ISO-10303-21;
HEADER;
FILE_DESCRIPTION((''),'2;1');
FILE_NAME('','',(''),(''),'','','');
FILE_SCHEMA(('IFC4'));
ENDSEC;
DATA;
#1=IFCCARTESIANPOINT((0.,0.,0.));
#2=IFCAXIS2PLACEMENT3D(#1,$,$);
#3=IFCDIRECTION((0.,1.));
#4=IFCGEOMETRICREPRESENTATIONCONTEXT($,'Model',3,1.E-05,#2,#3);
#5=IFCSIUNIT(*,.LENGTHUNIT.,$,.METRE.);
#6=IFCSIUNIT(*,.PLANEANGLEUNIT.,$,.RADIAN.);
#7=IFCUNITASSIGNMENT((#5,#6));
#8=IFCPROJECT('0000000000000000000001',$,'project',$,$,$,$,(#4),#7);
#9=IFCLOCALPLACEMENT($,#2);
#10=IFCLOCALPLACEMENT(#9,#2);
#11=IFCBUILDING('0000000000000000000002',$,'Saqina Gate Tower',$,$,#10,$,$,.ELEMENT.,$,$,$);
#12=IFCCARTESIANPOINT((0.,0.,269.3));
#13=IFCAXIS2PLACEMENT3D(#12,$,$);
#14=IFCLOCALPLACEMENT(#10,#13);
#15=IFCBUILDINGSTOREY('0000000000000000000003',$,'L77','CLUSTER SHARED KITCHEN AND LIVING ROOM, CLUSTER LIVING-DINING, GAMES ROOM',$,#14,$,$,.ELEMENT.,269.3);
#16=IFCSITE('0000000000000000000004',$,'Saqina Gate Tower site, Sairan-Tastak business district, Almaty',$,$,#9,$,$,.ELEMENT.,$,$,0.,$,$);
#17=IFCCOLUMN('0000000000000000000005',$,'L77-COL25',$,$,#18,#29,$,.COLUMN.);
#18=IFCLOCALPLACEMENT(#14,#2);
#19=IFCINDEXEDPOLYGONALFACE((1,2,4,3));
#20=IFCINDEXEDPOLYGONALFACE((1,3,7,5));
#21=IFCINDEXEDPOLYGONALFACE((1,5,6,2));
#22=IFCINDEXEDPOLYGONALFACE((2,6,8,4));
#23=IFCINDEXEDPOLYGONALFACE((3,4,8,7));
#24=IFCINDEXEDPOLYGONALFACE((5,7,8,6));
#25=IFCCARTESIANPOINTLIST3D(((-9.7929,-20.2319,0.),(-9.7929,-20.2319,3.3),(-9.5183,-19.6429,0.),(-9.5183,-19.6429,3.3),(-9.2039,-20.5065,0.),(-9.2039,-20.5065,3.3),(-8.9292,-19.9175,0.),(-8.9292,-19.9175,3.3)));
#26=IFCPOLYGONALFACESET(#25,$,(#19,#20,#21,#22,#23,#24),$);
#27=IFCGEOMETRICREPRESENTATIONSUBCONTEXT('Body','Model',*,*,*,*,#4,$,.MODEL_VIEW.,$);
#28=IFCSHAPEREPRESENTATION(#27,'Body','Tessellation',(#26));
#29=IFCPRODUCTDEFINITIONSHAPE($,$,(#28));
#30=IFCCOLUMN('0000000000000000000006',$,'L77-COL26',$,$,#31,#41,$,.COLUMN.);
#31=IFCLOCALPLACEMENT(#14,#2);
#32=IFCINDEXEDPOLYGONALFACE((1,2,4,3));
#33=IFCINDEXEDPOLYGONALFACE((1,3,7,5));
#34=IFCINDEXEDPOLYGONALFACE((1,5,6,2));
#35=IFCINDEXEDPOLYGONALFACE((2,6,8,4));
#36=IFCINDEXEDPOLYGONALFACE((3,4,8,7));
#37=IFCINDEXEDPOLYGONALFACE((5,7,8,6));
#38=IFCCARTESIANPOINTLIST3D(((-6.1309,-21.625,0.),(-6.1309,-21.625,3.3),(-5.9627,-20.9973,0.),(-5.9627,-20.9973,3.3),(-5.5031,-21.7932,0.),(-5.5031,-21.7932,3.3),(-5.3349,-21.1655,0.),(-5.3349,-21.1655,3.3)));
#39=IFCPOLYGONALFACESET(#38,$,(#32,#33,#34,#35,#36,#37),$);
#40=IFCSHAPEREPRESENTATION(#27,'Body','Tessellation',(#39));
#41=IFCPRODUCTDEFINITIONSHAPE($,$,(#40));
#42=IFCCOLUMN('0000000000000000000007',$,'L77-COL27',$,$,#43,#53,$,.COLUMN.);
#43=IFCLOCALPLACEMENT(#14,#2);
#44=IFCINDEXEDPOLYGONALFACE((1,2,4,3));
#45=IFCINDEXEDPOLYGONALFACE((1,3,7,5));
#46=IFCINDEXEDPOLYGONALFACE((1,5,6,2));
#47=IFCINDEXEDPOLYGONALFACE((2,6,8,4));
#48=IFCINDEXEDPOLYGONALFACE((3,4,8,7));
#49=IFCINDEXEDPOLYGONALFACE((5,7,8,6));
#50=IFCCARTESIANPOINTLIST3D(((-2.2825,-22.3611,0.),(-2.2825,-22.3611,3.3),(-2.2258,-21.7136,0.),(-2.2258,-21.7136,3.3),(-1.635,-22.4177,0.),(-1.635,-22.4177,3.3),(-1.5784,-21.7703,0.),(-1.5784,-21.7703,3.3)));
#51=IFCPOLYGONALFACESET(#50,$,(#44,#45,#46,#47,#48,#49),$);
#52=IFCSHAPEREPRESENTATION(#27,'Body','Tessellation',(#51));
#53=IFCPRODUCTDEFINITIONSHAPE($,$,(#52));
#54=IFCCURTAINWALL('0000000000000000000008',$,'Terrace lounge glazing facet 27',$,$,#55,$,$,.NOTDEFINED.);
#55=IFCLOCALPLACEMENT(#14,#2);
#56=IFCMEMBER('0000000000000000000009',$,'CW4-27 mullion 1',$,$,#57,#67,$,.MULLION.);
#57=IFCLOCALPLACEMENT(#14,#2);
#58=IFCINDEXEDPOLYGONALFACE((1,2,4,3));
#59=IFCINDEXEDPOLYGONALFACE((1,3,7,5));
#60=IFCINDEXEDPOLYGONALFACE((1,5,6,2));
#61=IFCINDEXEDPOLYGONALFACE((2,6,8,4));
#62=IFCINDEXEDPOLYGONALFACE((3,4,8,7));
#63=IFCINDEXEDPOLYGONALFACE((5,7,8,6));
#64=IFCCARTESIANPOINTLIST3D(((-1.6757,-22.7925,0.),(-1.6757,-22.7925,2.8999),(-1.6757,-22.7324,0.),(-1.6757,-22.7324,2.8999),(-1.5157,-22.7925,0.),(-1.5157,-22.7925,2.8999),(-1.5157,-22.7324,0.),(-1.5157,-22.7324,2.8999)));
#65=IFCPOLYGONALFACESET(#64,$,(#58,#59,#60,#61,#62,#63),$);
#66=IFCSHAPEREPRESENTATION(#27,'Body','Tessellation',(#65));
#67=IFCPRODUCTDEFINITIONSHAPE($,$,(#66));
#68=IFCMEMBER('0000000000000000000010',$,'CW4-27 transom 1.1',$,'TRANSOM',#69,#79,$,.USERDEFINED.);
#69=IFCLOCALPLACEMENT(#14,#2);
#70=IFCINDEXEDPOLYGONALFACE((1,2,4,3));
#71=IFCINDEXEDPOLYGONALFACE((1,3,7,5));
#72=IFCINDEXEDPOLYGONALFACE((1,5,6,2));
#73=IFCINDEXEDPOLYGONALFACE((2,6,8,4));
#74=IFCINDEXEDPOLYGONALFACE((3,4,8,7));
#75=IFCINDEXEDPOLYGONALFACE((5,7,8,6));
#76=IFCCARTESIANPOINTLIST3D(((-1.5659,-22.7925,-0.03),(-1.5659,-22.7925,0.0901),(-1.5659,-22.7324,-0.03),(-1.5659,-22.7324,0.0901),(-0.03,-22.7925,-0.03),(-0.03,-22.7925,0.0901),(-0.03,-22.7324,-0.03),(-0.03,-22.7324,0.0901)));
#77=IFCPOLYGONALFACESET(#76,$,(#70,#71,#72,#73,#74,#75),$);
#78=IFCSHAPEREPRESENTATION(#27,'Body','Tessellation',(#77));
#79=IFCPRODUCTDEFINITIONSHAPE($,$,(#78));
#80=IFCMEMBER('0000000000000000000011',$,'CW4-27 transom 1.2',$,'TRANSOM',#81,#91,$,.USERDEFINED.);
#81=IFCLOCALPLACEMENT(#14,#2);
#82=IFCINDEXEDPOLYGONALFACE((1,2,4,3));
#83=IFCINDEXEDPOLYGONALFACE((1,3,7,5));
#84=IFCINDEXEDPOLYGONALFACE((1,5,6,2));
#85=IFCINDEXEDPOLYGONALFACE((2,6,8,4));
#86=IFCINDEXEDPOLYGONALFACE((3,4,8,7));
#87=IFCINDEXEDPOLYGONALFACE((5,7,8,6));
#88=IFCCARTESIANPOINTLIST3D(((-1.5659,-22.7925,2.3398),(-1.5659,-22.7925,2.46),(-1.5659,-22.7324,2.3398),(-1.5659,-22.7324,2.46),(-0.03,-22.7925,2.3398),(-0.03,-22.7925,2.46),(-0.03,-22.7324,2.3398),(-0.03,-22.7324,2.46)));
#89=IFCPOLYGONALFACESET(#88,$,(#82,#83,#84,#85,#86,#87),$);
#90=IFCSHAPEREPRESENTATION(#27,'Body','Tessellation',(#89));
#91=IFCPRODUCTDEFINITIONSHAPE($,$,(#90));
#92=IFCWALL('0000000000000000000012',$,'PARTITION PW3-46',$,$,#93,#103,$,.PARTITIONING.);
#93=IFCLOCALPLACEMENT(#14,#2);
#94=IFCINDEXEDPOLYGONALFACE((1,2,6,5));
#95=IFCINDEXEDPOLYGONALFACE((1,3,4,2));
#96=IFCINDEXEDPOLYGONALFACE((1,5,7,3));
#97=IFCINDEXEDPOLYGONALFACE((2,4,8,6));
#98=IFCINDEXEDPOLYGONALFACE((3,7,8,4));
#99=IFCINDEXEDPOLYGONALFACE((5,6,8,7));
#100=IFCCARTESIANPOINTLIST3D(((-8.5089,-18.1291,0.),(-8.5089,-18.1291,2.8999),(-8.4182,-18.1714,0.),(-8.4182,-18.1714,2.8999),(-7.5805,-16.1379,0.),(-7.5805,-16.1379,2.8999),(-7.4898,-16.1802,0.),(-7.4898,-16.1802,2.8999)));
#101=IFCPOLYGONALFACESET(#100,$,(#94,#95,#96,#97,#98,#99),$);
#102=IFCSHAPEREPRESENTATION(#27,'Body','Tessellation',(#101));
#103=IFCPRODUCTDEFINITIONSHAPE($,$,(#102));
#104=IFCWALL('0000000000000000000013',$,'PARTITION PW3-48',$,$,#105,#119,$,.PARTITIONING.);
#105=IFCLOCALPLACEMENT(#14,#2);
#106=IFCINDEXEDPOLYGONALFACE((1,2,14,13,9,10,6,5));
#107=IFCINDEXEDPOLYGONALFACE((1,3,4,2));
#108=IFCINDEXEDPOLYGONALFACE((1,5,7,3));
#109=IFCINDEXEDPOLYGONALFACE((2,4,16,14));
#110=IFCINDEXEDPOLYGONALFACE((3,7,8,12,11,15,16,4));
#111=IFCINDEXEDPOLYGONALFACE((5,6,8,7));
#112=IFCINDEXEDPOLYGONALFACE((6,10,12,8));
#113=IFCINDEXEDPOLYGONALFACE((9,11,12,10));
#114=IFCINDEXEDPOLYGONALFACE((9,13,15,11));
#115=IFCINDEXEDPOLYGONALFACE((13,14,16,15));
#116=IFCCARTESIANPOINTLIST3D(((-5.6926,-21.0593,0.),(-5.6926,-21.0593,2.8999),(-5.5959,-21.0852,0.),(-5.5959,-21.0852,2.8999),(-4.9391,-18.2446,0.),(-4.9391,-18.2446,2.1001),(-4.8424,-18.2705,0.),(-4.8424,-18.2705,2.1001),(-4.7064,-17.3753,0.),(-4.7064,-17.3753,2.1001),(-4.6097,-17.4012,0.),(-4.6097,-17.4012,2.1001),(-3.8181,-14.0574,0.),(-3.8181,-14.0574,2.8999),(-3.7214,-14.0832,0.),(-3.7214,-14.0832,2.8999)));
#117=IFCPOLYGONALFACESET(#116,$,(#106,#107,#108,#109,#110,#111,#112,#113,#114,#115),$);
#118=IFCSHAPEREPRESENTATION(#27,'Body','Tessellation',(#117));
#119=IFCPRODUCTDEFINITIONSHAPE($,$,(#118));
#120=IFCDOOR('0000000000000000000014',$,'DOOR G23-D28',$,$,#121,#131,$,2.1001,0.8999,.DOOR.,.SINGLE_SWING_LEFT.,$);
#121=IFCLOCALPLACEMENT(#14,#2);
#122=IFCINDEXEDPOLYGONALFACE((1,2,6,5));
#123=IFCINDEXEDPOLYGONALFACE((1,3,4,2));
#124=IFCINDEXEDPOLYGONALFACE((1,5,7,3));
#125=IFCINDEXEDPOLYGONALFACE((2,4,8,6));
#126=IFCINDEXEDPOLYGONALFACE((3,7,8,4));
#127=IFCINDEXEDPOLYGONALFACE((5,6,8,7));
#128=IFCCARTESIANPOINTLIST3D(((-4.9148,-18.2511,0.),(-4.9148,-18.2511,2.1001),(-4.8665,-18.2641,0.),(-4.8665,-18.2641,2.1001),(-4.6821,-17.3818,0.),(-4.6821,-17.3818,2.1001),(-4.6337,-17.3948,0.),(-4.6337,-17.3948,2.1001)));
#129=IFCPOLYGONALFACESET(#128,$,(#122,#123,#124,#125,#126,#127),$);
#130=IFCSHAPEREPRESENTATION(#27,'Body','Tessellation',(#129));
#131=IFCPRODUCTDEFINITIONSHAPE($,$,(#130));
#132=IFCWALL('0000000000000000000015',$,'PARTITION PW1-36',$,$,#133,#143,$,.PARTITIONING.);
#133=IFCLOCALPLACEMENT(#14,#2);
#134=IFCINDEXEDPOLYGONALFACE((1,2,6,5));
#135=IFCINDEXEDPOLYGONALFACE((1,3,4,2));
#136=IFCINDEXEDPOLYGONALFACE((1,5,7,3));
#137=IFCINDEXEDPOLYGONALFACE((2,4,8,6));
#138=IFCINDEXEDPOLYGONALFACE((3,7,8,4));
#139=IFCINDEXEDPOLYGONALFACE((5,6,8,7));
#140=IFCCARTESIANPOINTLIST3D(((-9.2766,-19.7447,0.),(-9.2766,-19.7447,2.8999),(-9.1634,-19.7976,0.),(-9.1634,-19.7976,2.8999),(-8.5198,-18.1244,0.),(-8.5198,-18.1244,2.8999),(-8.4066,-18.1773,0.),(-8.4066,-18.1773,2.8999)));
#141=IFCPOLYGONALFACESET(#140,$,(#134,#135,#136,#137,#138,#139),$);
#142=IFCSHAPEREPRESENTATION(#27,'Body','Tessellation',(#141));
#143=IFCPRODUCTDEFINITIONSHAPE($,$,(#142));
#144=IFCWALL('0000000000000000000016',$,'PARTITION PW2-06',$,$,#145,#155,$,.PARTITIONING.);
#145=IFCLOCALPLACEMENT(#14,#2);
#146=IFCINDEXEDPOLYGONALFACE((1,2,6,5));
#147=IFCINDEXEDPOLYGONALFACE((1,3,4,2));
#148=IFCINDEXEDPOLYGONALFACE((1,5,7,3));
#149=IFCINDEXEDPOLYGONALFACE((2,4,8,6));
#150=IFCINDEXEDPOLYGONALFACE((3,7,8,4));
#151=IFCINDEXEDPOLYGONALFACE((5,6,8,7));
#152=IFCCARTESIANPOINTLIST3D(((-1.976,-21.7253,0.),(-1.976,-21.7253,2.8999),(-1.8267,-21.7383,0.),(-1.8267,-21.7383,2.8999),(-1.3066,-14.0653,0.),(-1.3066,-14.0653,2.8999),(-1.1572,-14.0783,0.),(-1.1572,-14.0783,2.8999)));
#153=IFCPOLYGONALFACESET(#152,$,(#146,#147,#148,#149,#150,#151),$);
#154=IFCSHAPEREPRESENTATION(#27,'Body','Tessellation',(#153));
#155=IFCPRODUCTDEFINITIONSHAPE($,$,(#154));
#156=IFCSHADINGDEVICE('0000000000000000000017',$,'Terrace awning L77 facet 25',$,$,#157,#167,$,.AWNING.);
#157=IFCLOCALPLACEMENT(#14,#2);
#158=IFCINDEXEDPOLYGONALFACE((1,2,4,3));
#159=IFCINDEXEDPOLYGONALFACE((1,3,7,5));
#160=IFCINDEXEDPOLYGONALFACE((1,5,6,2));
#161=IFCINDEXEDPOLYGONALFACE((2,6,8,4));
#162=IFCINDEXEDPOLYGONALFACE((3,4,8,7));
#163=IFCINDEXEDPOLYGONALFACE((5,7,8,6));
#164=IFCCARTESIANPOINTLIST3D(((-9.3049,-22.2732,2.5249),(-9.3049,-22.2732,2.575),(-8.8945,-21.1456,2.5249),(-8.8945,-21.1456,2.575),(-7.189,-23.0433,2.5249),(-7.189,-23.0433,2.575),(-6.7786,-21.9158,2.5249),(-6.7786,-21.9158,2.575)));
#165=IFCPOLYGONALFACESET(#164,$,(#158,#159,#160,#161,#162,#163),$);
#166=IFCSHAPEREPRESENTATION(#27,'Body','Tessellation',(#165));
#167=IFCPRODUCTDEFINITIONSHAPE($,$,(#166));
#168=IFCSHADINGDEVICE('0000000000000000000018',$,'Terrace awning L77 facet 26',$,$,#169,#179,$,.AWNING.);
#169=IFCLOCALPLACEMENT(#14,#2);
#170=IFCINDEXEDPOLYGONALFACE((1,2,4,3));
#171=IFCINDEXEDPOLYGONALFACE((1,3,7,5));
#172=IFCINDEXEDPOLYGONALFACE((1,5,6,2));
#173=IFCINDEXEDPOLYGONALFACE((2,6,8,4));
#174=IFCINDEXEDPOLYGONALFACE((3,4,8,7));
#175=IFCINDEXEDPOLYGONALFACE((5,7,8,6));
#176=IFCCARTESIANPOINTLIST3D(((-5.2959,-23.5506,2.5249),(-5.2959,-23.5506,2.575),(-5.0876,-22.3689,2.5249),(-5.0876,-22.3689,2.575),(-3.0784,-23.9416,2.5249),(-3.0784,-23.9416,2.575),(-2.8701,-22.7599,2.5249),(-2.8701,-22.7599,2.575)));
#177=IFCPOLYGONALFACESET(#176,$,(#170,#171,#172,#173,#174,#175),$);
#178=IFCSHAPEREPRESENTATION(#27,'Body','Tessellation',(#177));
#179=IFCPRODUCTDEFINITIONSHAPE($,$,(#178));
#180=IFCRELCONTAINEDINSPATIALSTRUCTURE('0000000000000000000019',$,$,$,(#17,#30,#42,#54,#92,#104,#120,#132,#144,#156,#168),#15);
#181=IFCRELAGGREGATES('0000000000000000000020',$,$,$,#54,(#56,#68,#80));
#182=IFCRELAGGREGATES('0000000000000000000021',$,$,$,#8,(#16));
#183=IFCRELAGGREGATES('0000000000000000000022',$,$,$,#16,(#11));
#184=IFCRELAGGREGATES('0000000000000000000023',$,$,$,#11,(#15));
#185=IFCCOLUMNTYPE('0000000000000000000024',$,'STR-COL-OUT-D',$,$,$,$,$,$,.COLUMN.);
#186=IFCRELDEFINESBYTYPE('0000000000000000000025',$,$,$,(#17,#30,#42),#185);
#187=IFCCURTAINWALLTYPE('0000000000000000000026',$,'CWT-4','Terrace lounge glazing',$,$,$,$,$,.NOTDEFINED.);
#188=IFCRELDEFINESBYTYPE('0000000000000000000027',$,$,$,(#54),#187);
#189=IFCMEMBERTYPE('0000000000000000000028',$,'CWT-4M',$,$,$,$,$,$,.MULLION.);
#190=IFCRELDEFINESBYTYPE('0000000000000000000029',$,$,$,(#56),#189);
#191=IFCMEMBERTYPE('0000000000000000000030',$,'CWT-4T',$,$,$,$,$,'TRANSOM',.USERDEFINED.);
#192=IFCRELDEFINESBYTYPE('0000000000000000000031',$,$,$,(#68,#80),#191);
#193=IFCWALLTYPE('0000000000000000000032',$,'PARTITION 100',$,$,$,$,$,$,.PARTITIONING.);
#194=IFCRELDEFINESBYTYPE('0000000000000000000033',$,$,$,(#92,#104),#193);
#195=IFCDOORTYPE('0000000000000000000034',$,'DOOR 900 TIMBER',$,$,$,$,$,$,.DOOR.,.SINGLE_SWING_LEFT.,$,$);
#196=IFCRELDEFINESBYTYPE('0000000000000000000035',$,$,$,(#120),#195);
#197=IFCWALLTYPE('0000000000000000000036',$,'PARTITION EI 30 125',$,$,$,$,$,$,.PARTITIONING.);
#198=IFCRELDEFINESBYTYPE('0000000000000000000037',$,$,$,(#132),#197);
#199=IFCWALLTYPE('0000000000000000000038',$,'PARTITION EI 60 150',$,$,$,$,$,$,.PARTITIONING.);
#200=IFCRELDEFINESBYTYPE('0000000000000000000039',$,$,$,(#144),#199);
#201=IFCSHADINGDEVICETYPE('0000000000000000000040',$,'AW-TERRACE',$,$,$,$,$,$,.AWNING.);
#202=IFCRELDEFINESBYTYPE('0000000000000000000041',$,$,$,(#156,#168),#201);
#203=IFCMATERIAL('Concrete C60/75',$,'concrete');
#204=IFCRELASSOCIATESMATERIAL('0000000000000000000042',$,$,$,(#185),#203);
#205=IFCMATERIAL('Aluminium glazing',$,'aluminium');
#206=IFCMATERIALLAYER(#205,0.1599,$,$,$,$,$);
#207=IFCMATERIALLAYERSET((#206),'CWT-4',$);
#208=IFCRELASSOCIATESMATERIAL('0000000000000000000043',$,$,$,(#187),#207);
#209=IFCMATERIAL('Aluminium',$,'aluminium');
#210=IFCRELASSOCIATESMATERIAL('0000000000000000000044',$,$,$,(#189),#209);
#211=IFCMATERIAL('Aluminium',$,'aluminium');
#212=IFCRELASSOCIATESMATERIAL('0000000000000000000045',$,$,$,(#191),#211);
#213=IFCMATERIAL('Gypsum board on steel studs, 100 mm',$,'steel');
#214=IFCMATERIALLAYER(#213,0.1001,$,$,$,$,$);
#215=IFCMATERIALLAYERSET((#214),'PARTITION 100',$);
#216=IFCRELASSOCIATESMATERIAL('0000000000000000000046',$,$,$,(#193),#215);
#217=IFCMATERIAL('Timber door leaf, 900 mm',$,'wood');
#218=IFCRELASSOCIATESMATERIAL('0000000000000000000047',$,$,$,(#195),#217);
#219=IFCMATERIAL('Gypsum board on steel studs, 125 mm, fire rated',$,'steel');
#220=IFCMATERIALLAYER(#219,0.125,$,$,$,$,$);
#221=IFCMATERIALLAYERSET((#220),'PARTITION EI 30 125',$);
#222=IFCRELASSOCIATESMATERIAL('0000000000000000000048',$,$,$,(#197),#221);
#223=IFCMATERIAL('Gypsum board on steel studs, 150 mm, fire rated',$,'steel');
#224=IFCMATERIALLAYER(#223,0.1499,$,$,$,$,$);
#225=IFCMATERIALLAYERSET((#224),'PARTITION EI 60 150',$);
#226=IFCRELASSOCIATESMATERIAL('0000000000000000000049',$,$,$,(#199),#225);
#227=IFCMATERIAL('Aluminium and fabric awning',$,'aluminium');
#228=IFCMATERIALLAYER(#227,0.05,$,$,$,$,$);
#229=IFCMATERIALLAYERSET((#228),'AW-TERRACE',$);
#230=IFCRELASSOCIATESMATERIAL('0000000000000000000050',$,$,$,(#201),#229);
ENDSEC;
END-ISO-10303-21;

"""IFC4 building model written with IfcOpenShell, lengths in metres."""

from ifc_helpers import new_model, si_unit, direction, frame, frame_2d, origin, origin_2d, place, context, subcontext, project, spatial, rectangle, extrude, material, layer, layer_set, material_profile, profile_set, type_object, element, fill, aggregate, save


model = new_model("IFC4")

# Units and contexts
model_context = context("Model", 3, precision=1e-05, world=origin(), true_north=direction((0.0, 1.0)))
body_context = subcontext(model_context, "Body", "Model", "MODEL_VIEW")
ifc_project = project(units=[si_unit("LENGTHUNIT", "METRE"), si_unit("PLANEANGLEUNIT", "RADIAN")], contexts=[model_context])

# Site, building, storey
site_placement = place(None, origin())
site = spatial("IfcSite", under=ifc_project, at=site_placement, Name="Saqina Gate Tower site, Sairan-Tastak business district, Almaty", CompositionType="ELEMENT", RefElevation=0.0)
building_placement = place(site_placement, origin())
building = spatial("IfcBuilding", under=site, at=building_placement, Name="Saqina Gate Tower", CompositionType="ELEMENT")
storey_placement = place(building_placement, frame((0.0, 0.0, 269.3)))
storey = spatial("IfcBuildingStorey", under=building, at=storey_placement, Name="L77", Description="CLUSTER SHARED KITCHEN AND LIVING ROOM, CLUSTER LIVING-DINING, GAMES ROOM", CompositionType="ELEMENT", Elevation=269.3)

# Columns
ifc_material_1 = material(Name="Concrete C60/75", Category="concrete")
ifc_material_profile_1 = material_profile(ifc_material_1, rectangle(XDim=0.6499, YDim=0.6499, at=origin_2d()), Name="RC 650x650")
ifc_profile_set_1 = profile_set([ifc_material_profile_1], Name="Concrete C60/75")
column_type = type_object("IfcColumnType", Name="STR-COL-OUT-D", PredefinedType="COLUMN", material=ifc_profile_set_1)
for number, where, z_axis, x_axis, name in (
    (1, (-9.3611, -20.0747, 0.0), (0.0, 0.0, 1.0), (-0.422618, -0.906308, 0.0), "L77-COL25"),
    (2, (-5.7329, -21.3953, 0.0), (0.0, 0.0, 1.0), (-0.258819, -0.965926, 0.0), "L77-COL26"),
    (3, (-1.9304, -22.0657, 0.0), (0.0, 0.0, 1.0), (-0.087156, -0.996195, 0.0), "L77-COL27"),
):
    element("IfcColumn", number, at=place(storey_placement, frame(where, z_axis=z_axis, x_axis=x_axis)), inside=storey, type_object=column_type, Name=name, PredefinedType="COLUMN", context=body_context, shape_type="SweptSolid", body=[
        extrude(rectangle(XDim=0.6499, YDim=0.6499, at=origin_2d()), origin(), (0.0, 0.0, 1.0), 3.3),
    ])

# Curtain wall, members
ifc_material_2 = material(Name="Aluminium glazing", Category="aluminium")
ifc_layer_1 = layer(ifc_material_2, 0.1599)
ifc_layer_set_1 = layer_set([ifc_layer_1], Name="CWT-4")
curtain_wall_type = type_object("IfcCurtainWallType", Name="CWT-4", Description="Terrace lounge glazing", PredefinedType="NOTDEFINED", material=ifc_layer_set_1)
curtain_wall_placement = place(storey_placement, origin())
curtain_wall = element("IfcCurtainWall", 4, at=curtain_wall_placement, inside=storey, type_object=curtain_wall_type, Name="Terrace lounge glazing facet 27", PredefinedType="NOTDEFINED")
ifc_material_3 = material(Name="Aluminium", Category="aluminium")
ifc_material_profile_2 = material_profile(ifc_material_3, rectangle(XDim=0.0601, YDim=0.1599, at=origin_2d()), Name="Aluminium 60x160")
ifc_profile_set_2 = profile_set([ifc_material_profile_2], Name="Aluminium")
member_type_1 = type_object("IfcMemberType", Name="CWT-4M", PredefinedType="MULLION", material=ifc_profile_set_2)
member_1_placement = place(storey_placement, frame((-1.5957, -22.7625, 0.0), z_axis=(0.0, 0.0, 1.0), x_axis=(0.0, 1.0, 0.0)))
member_1 = element("IfcMember", 5, at=member_1_placement, type_object=member_type_1, Name="CW4-27 mullion 1", PredefinedType="MULLION", context=body_context, shape_type="SweptSolid", body=[
    extrude(rectangle(XDim=0.0601, YDim=0.1599, at=origin_2d()), origin(), (0.0, 0.0, 1.0), 2.8999),
])
ifc_material_4 = material(Name="Aluminium", Category="aluminium")
ifc_material_profile_3 = material_profile(ifc_material_4, rectangle(XDim=0.0601, YDim=0.1201, at=origin_2d()), Name="Aluminium 60x120")
ifc_profile_set_3 = profile_set([ifc_material_profile_3], Name="Aluminium")
member_type_2 = type_object("IfcMemberType", Name="CWT-4T", ElementType="TRANSOM", PredefinedType="USERDEFINED", material=ifc_profile_set_3)
member_2_placement = place(storey_placement, frame((-1.5659, -22.7625, 0.03), z_axis=(1.0, 0.0, 0.0), x_axis=(0.0, 1.0, 0.0)))
member_2 = element("IfcMember", 6, at=member_2_placement, type_object=member_type_2, Name="CW4-27 transom 1.1", ObjectType="TRANSOM", PredefinedType="USERDEFINED", context=body_context, shape_type="SweptSolid", body=[
    extrude(rectangle(XDim=0.0601, YDim=0.1201, at=origin_2d()), origin(), (0.0, 0.0, 1.0), 1.5359),
])
member_3_placement = place(storey_placement, frame((-1.5659, -22.7625, 2.3999), z_axis=(1.0, 0.0, 0.0), x_axis=(0.0, 1.0, 0.0)))
member_3 = element("IfcMember", 7, at=member_3_placement, type_object=member_type_2, Name="CW4-27 transom 1.2", ObjectType="TRANSOM", PredefinedType="USERDEFINED", context=body_context, shape_type="SweptSolid", body=[
    extrude(rectangle(XDim=0.0601, YDim=0.1201, at=origin_2d()), origin(), (0.0, 0.0, 1.0), 1.5359),
])
aggregate(curtain_wall, [member_1, member_2, member_3])

# Wall
ifc_material_5 = material(Name="Gypsum board on steel studs, 100 mm", Category="steel")
ifc_layer_2 = layer(ifc_material_5, 0.1001)
ifc_layer_set_2 = layer_set([ifc_layer_2], Name="PARTITION 100")
wall_type_1 = type_object("IfcWallType", Name="PARTITION 100", PredefinedType="PARTITIONING", material=ifc_layer_set_2)
wall_1_placement = place(storey_placement, frame((-8.4636, -18.1504, 0.0), z_axis=(0.0, 0.0, 1.0), x_axis=(0.4226, 0.906317, 0.0)))
element("IfcWall", 8, at=wall_1_placement, inside=storey, type_object=wall_type_1, Name="PARTITION PW3-46", PredefinedType="PARTITIONING", context=body_context, shape_type="SweptSolid", body=[
    extrude(rectangle(XDim=2.197, YDim=0.1001, at=frame_2d((1.0986, 0.0))), origin(), (0.0, 0.0, 1.0), 2.8999),
])

# Wall, opening, door
wall_2_placement = place(storey_placement, frame((-5.6443, -21.0723, 0.0), z_axis=(0.0, 0.0, 1.0), x_axis=(0.258606, 0.965983, 0.0)))
wall_2 = element("IfcWall", 9, at=wall_2_placement, inside=storey, type_object=wall_type_1, Name="PARTITION PW3-48", PredefinedType="PARTITIONING", context=body_context, shape_type="SweptSolid", body=[
    extrude(rectangle(XDim=7.2485, YDim=0.1001, at=frame_2d((3.6243, 0.0))), origin(), (0.0, 0.0, 1.0), 2.8999),
])
opening_1_placement = place(wall_2_placement, frame((2.9138, 0.0, 0.0)))
opening_1 = element("IfcOpeningElement", 10, at=opening_1_placement, cuts=wall_2, PredefinedType="OPENING", context=body_context, shape_type="SweptSolid", body=[
    extrude(rectangle(XDim=0.8999, YDim=2.1001, at=frame_2d((0.45, 1.05))), frame((0.0, 0.062, 0.0), z_axis=(0.0, -1.0, 0.0), x_axis=(1.0, 0.0, 0.0)), (0.0, 0.0, 1.0), 0.124),
])
ifc_material_6 = material(Name="Timber door leaf, 900 mm", Category="wood")
door_type_1 = type_object("IfcDoorType", Name="DOOR 900 TIMBER", OperationType="SINGLE_SWING_LEFT", PredefinedType="DOOR", material=ifc_material_6)
door_1_placement = place(opening_1_placement, origin())
door_1 = element("IfcDoor", 11, at=door_1_placement, inside=storey, type_object=door_type_1, Name="DOOR G23-D28", OperationType="SINGLE_SWING_LEFT", OverallHeight=2.1001, OverallWidth=0.8999, PredefinedType="DOOR", context=body_context, shape_type="SweptSolid", body=[
    extrude(rectangle(XDim=0.8999, YDim=2.1001, at=frame_2d((0.45, 1.05))), frame((0.0, 0.0249, 0.0), z_axis=(0.0, -1.0, 0.0), x_axis=(1.0, 0.0, 0.0)), (0.0, 0.0, 1.0), 0.05),
])
fill(opening_1, door_1)

# Walls
ifc_material_7 = material(Name="Gypsum board on steel studs, 125 mm, fire rated", Category="steel")
ifc_layer_3 = layer(ifc_material_7, 0.125)
ifc_layer_set_3 = layer_set([ifc_layer_3], Name="PARTITION EI 30 125")
wall_type_2 = type_object("IfcWallType", Name="PARTITION EI 30 125", PredefinedType="PARTITIONING", material=ifc_layer_set_3)
wall_3_placement = place(storey_placement, frame((-9.22, -19.771, 0.0), z_axis=(0.0, 0.0, 1.0), x_axis=(0.423192, 0.90604, 0.0)))
element("IfcWall", 12, at=wall_3_placement, inside=storey, type_object=wall_type_2, Name="PARTITION PW1-36", PredefinedType="PARTITIONING", context=body_context, shape_type="SweptSolid", body=[
    extrude(rectangle(XDim=1.7883, YDim=0.125, at=frame_2d((0.894, 0.0))), origin(), (0.0, 0.0, 1.0), 2.8999),
])
ifc_material_8 = material(Name="Gypsum board on steel studs, 150 mm, fire rated", Category="steel")
ifc_layer_4 = layer(ifc_material_8, 0.1499)
ifc_layer_set_4 = layer_set([ifc_layer_4], Name="PARTITION EI 60 150")
wall_type_3 = type_object("IfcWallType", Name="PARTITION EI 60 150", PredefinedType="PARTITIONING", material=ifc_layer_set_4)
wall_4_placement = place(storey_placement, frame((-1.9014, -21.7319, 0.0), z_axis=(0.0, 0.0, 1.0), x_axis=(0.087063, 0.996203, 0.0)))
element("IfcWall", 13, at=wall_4_placement, inside=storey, type_object=wall_type_3, Name="PARTITION PW2-06", PredefinedType="PARTITIONING", context=body_context, shape_type="SweptSolid", body=[
    extrude(rectangle(XDim=7.6892, YDim=0.1499, at=frame_2d((3.8447, 0.0))), origin(), (0.0, 0.0, 1.0), 2.8999),
])

# Shading devices
ifc_material_9 = material(Name="Aluminium and fabric awning", Category="aluminium")
ifc_layer_5 = layer(ifc_material_9, 0.05)
ifc_layer_set_5 = layer_set([ifc_layer_5], Name="AW-TERRACE")
shading_device_type = type_object("IfcShadingDeviceType", Name="AW-TERRACE", PredefinedType="AWNING", material=ifc_layer_set_5)
for number, where, z_axis, x_axis, name in (
    (14, (-8.0417, -22.0945, 2.5249), (0.0, 0.0, 1.0), (0.939693, -0.34202, 0.0), "Terrace awning L77 facet 25"),
    (15, (-4.083, -23.1553, 2.5249), (0.0, 0.0, 1.0), (0.984808, -0.173648, 0.0), "Terrace awning L77 facet 26"),
):
    element("IfcShadingDevice", number, at=place(storey_placement, frame(where, z_axis=z_axis, x_axis=x_axis)), inside=storey, type_object=shading_device_type, Name=name, PredefinedType="AWNING", context=body_context, shape_type="SweptSolid", body=[
        extrude(rectangle(XDim=2.2517, YDim=1.2, at=origin_2d()), origin(), (0.0, 0.0, 1.0), 0.05),
    ])

save(model, "model.ifc")
